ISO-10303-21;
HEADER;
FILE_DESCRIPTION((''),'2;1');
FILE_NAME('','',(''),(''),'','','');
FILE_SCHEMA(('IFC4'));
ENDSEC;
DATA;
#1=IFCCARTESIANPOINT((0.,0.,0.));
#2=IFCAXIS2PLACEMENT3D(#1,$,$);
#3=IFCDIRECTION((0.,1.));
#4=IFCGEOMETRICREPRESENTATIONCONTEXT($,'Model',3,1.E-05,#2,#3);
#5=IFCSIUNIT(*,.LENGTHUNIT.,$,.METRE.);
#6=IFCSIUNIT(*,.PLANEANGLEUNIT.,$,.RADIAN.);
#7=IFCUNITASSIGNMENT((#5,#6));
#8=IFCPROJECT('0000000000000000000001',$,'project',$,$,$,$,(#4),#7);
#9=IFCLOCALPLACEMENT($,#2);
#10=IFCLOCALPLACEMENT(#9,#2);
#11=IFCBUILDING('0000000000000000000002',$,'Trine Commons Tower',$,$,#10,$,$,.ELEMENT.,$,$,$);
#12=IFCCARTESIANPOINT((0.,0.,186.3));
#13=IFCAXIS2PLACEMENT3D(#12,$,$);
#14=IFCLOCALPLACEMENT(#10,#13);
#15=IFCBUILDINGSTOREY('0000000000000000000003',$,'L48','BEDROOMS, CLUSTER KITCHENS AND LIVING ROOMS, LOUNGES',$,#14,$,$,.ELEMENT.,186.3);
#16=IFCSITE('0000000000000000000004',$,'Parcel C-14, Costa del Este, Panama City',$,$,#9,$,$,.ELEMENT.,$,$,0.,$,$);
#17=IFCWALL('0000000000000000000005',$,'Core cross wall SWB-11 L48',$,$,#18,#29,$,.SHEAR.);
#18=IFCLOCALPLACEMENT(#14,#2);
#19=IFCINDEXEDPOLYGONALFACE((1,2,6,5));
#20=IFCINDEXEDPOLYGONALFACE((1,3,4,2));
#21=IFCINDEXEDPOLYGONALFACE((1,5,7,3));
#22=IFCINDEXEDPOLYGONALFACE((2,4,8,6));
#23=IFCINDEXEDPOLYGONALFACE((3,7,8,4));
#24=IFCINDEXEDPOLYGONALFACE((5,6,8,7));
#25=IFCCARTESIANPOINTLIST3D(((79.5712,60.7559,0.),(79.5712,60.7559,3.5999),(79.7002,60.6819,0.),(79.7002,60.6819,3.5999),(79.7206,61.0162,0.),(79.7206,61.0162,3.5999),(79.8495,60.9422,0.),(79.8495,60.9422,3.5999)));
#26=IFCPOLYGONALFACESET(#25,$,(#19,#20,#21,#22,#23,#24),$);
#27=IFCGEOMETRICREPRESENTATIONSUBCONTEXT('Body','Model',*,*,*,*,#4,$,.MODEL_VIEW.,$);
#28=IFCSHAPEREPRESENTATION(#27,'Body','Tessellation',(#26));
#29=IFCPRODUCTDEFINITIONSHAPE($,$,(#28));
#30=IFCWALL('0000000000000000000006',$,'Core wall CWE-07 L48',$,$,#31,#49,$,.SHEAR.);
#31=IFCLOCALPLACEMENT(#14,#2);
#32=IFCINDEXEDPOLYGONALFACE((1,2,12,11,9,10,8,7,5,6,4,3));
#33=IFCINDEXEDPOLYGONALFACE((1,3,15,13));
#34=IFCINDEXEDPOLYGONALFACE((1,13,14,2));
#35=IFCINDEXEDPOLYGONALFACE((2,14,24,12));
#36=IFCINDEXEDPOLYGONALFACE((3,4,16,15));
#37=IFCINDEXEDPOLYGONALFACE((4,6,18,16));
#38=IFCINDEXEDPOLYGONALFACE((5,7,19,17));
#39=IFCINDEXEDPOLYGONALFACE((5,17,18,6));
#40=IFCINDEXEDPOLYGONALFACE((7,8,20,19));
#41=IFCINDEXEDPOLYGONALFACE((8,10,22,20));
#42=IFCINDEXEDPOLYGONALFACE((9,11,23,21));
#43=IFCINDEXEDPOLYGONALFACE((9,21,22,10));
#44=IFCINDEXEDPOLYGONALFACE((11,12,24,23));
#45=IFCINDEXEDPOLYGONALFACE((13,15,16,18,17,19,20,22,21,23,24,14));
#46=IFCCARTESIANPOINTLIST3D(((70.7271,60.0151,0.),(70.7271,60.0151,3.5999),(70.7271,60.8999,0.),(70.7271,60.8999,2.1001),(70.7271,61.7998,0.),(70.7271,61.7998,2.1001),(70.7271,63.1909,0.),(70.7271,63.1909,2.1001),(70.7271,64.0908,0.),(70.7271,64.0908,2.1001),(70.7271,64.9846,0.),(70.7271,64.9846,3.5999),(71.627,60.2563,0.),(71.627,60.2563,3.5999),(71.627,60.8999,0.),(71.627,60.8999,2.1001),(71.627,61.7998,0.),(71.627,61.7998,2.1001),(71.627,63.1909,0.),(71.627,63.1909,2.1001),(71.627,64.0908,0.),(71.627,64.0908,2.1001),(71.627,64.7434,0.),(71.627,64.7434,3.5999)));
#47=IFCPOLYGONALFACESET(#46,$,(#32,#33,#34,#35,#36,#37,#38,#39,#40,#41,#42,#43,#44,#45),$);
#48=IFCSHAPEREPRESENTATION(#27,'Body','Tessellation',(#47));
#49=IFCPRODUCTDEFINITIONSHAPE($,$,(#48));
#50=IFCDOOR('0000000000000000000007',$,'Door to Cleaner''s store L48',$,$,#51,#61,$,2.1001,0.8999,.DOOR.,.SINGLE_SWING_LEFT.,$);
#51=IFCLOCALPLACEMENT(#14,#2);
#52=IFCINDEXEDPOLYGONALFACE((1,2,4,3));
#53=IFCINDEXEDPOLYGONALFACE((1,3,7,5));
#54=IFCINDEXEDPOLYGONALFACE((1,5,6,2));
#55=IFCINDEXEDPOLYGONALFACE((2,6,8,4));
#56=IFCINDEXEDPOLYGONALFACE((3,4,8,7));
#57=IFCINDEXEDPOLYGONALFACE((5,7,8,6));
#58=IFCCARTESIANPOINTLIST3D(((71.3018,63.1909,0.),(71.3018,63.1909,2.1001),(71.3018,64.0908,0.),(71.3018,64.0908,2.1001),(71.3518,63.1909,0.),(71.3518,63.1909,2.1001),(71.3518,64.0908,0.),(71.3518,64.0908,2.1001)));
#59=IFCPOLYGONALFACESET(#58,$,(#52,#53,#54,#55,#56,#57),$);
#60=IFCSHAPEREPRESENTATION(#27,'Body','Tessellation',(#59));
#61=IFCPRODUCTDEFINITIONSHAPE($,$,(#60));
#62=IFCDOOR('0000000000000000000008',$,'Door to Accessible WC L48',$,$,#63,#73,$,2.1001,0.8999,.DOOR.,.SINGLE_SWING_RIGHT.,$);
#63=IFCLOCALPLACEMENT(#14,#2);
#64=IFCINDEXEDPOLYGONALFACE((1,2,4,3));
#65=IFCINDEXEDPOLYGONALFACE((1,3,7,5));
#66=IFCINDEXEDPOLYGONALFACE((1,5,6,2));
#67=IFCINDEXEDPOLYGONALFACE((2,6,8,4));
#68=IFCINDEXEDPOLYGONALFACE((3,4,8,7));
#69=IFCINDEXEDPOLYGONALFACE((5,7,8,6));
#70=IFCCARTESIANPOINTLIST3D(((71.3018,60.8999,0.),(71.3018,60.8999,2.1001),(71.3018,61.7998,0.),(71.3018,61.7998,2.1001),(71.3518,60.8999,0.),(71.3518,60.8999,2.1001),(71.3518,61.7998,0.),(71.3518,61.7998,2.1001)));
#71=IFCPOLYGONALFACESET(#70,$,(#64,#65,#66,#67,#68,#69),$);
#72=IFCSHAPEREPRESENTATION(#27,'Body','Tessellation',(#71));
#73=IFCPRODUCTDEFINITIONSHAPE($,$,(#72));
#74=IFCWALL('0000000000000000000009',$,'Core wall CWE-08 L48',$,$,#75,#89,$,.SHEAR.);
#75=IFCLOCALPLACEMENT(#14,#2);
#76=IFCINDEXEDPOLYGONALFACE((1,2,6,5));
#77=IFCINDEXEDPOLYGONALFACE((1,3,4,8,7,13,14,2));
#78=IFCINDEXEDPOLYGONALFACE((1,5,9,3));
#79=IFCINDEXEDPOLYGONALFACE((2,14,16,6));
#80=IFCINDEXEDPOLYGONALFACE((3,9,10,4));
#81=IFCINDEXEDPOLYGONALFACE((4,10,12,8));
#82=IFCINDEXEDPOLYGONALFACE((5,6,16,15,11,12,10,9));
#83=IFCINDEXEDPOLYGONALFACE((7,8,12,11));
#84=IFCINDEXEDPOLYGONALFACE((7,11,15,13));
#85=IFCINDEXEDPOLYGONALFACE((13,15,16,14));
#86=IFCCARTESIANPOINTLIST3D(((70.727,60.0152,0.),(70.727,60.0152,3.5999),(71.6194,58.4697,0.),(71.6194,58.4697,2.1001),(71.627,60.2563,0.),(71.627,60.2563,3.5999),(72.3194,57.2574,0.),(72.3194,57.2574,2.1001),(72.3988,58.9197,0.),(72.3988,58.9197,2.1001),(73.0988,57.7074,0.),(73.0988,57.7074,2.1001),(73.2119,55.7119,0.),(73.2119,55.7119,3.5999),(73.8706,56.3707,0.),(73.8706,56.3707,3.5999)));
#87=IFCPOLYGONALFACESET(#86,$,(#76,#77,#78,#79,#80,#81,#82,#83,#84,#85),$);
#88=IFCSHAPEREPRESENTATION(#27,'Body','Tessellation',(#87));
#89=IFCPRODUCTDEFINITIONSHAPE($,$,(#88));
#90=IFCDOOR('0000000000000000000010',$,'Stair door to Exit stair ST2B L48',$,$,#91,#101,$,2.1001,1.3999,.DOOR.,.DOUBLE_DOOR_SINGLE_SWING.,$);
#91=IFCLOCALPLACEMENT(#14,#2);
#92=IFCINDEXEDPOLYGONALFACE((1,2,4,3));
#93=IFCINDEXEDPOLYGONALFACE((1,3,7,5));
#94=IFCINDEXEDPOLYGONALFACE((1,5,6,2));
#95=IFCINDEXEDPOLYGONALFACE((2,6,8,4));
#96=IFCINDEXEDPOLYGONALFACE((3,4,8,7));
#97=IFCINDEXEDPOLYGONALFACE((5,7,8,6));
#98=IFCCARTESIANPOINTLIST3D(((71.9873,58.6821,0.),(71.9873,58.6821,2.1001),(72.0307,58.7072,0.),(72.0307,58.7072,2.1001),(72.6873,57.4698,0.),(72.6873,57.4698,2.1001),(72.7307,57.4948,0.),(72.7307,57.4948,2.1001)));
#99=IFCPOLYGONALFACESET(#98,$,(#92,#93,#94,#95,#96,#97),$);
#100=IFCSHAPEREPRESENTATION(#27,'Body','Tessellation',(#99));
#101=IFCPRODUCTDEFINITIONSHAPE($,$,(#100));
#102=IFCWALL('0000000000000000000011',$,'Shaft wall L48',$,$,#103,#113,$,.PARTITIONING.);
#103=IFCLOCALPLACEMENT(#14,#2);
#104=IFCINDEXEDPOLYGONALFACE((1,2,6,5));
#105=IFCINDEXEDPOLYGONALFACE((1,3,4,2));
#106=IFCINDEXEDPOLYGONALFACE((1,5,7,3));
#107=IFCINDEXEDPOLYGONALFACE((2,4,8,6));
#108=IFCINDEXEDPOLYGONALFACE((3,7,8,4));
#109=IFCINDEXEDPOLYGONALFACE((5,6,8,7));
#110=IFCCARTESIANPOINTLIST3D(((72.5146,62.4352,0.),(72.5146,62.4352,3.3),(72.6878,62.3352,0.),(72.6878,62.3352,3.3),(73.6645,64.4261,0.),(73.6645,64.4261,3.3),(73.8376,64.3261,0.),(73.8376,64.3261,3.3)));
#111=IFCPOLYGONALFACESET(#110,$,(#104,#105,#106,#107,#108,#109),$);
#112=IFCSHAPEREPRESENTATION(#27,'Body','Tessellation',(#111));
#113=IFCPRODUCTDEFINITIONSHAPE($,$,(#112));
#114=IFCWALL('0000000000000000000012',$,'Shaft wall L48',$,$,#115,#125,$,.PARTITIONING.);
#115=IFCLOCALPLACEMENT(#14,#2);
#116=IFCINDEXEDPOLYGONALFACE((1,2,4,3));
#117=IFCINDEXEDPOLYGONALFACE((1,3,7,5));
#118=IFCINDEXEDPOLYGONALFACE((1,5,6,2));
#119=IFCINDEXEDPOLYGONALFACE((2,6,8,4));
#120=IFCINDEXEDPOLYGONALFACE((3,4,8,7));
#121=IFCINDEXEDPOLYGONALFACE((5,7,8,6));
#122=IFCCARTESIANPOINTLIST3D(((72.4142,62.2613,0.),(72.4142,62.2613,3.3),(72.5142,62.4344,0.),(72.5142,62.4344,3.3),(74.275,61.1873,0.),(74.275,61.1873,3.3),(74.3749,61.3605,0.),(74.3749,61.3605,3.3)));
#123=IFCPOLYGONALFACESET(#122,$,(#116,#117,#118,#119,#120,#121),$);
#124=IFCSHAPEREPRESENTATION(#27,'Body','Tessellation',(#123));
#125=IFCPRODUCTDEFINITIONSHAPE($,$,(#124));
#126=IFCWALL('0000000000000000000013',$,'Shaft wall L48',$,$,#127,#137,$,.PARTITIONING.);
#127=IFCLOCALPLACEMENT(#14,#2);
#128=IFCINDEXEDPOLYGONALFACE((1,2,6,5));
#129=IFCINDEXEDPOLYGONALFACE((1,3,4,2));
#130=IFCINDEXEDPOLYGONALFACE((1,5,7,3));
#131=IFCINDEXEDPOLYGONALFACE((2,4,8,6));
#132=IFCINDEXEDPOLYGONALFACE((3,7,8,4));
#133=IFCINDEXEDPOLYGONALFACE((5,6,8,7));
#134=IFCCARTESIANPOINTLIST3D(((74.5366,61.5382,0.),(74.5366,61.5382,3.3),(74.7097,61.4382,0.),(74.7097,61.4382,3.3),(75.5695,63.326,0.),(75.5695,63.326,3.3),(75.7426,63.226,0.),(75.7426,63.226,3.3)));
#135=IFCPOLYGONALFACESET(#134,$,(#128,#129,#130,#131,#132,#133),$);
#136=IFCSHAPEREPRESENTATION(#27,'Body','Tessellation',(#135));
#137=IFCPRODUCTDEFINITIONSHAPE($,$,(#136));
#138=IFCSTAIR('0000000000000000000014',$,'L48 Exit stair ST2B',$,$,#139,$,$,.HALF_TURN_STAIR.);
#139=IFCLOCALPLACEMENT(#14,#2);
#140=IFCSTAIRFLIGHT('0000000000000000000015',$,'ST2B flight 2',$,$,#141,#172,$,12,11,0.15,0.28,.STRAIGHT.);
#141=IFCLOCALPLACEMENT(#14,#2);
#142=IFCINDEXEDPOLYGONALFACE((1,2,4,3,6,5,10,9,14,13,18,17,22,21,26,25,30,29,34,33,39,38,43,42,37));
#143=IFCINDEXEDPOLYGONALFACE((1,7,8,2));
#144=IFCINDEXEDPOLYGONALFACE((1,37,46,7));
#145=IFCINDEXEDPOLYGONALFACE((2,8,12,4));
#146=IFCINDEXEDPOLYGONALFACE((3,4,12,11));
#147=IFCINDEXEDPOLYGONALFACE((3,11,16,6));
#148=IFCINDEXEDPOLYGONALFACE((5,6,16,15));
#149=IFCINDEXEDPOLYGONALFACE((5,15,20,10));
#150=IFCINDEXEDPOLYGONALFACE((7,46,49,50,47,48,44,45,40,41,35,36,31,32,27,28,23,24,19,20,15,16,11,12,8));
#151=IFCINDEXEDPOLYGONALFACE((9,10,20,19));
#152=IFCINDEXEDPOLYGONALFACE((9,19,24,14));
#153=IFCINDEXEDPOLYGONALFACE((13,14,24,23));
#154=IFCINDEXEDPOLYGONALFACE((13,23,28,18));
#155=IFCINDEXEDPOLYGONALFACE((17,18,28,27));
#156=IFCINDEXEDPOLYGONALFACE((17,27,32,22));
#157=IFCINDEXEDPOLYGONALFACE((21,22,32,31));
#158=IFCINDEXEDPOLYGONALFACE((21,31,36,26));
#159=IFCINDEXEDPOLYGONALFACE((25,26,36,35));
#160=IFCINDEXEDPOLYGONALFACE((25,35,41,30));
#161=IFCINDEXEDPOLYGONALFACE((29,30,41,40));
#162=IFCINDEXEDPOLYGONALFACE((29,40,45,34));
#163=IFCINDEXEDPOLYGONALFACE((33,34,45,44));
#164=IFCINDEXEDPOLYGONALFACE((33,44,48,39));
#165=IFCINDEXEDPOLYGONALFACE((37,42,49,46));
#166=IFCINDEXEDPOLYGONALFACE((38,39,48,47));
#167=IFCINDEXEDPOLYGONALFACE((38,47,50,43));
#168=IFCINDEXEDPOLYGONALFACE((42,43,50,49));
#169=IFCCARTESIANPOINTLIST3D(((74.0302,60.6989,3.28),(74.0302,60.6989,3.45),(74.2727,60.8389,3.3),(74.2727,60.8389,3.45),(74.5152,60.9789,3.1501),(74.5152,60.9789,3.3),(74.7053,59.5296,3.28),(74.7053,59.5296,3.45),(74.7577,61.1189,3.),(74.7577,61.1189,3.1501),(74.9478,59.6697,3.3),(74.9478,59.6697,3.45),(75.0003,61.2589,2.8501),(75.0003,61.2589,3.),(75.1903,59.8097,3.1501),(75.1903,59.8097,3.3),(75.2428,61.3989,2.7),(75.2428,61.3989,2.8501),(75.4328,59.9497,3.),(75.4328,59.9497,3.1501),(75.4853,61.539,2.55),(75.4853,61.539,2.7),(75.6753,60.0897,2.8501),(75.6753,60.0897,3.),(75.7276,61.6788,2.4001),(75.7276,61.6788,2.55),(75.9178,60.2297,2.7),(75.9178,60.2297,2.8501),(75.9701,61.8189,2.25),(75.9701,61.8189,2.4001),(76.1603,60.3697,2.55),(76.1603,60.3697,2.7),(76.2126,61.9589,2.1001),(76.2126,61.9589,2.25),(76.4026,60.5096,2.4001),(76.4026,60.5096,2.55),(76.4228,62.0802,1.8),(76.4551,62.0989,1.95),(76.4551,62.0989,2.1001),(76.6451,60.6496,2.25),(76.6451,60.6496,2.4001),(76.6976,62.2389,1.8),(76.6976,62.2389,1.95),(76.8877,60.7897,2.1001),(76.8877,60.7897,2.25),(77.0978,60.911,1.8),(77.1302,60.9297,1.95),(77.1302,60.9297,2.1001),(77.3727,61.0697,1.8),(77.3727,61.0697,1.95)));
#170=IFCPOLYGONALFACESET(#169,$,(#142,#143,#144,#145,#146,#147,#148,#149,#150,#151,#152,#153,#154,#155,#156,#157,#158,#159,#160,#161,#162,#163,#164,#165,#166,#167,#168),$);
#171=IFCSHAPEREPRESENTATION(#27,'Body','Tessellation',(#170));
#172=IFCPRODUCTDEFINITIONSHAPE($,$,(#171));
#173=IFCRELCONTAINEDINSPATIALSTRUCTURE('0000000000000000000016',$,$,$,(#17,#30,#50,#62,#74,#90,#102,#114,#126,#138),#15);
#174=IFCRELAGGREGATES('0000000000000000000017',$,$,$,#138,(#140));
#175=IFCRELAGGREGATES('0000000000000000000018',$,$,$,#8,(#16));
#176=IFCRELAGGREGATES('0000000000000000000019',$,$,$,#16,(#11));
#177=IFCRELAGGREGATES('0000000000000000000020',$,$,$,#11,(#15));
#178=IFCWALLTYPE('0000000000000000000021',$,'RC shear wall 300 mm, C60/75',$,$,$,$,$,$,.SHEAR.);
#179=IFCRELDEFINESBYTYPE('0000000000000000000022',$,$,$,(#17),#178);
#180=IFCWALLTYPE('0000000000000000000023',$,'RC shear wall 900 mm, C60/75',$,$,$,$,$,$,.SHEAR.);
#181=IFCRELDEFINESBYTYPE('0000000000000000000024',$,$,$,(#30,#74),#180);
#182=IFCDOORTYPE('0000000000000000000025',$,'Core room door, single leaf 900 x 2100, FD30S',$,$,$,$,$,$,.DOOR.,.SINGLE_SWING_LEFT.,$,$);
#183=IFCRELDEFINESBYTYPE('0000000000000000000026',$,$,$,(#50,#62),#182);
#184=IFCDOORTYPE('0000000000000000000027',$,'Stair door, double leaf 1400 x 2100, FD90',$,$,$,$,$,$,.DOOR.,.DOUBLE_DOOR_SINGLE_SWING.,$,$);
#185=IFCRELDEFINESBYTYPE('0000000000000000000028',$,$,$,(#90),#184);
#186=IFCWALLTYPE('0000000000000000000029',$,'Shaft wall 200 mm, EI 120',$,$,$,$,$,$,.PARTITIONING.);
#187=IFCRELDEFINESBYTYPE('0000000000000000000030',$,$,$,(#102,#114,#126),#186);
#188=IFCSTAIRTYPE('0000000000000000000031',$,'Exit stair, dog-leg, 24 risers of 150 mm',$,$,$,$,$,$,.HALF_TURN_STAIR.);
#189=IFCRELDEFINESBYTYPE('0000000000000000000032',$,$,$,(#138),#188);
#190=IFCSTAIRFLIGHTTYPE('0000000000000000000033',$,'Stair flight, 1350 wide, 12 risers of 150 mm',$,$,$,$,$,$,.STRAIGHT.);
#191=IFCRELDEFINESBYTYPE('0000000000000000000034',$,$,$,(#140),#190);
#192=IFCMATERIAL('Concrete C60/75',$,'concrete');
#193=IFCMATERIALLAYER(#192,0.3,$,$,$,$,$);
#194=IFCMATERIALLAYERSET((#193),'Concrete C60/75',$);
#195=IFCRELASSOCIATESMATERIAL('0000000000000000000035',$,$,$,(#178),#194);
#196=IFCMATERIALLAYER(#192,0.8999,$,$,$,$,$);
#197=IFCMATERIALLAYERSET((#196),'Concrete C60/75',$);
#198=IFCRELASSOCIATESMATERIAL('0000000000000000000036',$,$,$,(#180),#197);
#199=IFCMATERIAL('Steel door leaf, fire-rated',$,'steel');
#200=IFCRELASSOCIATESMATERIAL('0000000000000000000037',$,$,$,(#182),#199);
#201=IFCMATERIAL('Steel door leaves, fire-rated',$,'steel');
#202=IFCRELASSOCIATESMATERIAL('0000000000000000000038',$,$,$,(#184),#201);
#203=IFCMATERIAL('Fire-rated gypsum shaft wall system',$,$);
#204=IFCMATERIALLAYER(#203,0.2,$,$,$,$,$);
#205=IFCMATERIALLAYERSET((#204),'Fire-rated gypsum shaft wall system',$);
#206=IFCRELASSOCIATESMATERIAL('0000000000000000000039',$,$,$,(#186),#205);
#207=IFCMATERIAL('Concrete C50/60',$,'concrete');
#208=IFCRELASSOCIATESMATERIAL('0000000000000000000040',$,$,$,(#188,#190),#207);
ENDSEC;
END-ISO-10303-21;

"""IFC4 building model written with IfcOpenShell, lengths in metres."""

from ifc_helpers import new_model, si_unit, direction, frame, frame_2d, origin, place, context, subcontext, project, spatial, polyline, rectangle, outline, extrude, material, layer, layer_set, type_object, element, fill, aggregate, save


model = new_model("IFC4")

# Units and contexts
model_context = context("Model", 3, precision=1e-05, world=origin(), true_north=direction((0.0, 1.0)))
body_context = subcontext(model_context, "Body", "Model", "MODEL_VIEW")
ifc_project = project(units=[si_unit("LENGTHUNIT", "METRE"), si_unit("PLANEANGLEUNIT", "RADIAN")], contexts=[model_context])

# Site, building, storey
site_placement = place(None, origin())
site = spatial("IfcSite", under=ifc_project, at=site_placement, Name="Parcel C-14, Costa del Este, Panama City", CompositionType="ELEMENT", RefElevation=0.0)
building_placement = place(site_placement, origin())
building = spatial("IfcBuilding", under=site, at=building_placement, Name="Trine Commons Tower", CompositionType="ELEMENT")
storey_placement = place(building_placement, frame((0.0, 0.0, 186.3)))
storey = spatial("IfcBuildingStorey", under=building, at=storey_placement, Name="L48", Description="BEDROOMS, CLUSTER KITCHENS AND LIVING ROOMS, LOUNGES", CompositionType="ELEMENT", Elevation=186.3)

# Shared definitions
ifc_material_1 = material(Name="Fire-rated gypsum shaft wall system")
ifc_material_2 = material(Name="Steel door leaf, fire-rated", Category="steel")
ifc_material_3 = material(Name="Concrete C60/75", Category="concrete")
ifc_layer_1 = layer(ifc_material_3, 0.3)
ifc_layer_set_1 = layer_set([ifc_layer_1], Name="Concrete C60/75")
wall_type_1 = type_object("IfcWallType", Name="RC shear wall 300 mm, C60/75", PredefinedType="SHEAR", material=ifc_layer_set_1)

# Wall
wall_1_placement = place(storey_placement, frame((79.646, 60.886, 0.0), z_axis=(0.0, 0.0, 1.0), x_axis=(0.867332, -0.49773, 0.0)))
element("IfcWall", 1, at=wall_1_placement, inside=storey, type_object=wall_type_1, Name="Core cross wall SWB-11 L48", PredefinedType="SHEAR", context=body_context, shape_type="SweptSolid", body=[
    extrude(rectangle(XDim=0.1487, YDim=0.3, at=frame_2d((0.0742, 0.0))), origin(), (0.0, 0.0, 1.0), 3.5999),
])

# Wall, openings, doors
ifc_layer_2 = layer(ifc_material_3, 0.8999)
ifc_layer_set_2 = layer_set([ifc_layer_2], Name="Concrete C60/75")
wall_type_2 = type_object("IfcWallType", Name="RC shear wall 900 mm, C60/75", PredefinedType="SHEAR", material=ifc_layer_set_2)
wall_2_placement = place(storey_placement, frame((71.177, 64.9846, 0.0), z_axis=(0.0, 0.0, 1.0), x_axis=(0.0, -1.0, 0.0)))
wall_2 = element("IfcWall", 2, at=wall_2_placement, inside=storey, type_object=wall_type_2, Name="Core wall CWE-07 L48", PredefinedType="SHEAR", context=body_context, shape_type="SweptSolid", body=[
    extrude(outline(polyline([(0.0, -0.45), (4.9695, -0.45), (4.7283, 0.45), (0.2412, 0.45), (0.0, -0.45)])), origin(), (0.0, 0.0, 1.0), 3.5999),
])
opening_1_placement = place(wall_2_placement, frame((0.8938, 0.0, 0.0)))
opening_1 = element("IfcOpeningElement", 3, at=opening_1_placement, cuts=wall_2, PredefinedType="OPENING", context=body_context, shape_type="SweptSolid", body=[
    extrude(rectangle(XDim=0.8999, YDim=2.1001, at=frame_2d((0.45, 1.05))), frame((0.0, 0.46, 0.0), z_axis=(0.0, -1.0, 0.0), x_axis=(1.0, 0.0, 0.0)), (0.0, 0.0, 1.0), 0.9199),
])
opening_2_placement = place(wall_2_placement, frame((3.1848, 0.0, 0.0)))
opening_2 = element("IfcOpeningElement", 4, at=opening_2_placement, cuts=wall_2, PredefinedType="OPENING", context=body_context, shape_type="SweptSolid", body=[
    extrude(rectangle(XDim=0.8999, YDim=2.1001, at=frame_2d((0.45, 1.05))), frame((0.0, 0.46, 0.0), z_axis=(0.0, -1.0, 0.0), x_axis=(1.0, 0.0, 0.0)), (0.0, 0.0, 1.0), 0.9199),
])
door_type_1 = type_object("IfcDoorType", Name="Core room door, single leaf 900 x 2100, FD30S", OperationType="SINGLE_SWING_LEFT", PredefinedType="DOOR", material=ifc_material_2)
door_1_placement = place(opening_1_placement, origin())
door_1 = element("IfcDoor", 5, at=door_1_placement, inside=storey, type_object=door_type_1, Name="Door to Cleaner's store L48", OperationType="SINGLE_SWING_LEFT", OverallHeight=2.1001, OverallWidth=0.8999, PredefinedType="DOOR", context=body_context, shape_type="SweptSolid", body=[
    extrude(rectangle(XDim=0.8999, YDim=2.1001, at=frame_2d((0.45, 1.05))), frame((0.0, 0.1748, 0.0), z_axis=(0.0, -1.0, 0.0), x_axis=(1.0, 0.0, 0.0)), (0.0, 0.0, 1.0), 0.05),
])
fill(opening_1, door_1)
door_2_placement = place(opening_2_placement, origin())
door_2 = element("IfcDoor", 6, at=door_2_placement, inside=storey, type_object=door_type_1, Name="Door to Accessible WC L48", OperationType="SINGLE_SWING_RIGHT", OverallHeight=2.1001, OverallWidth=0.8999, PredefinedType="DOOR", context=body_context, shape_type="SweptSolid", body=[
    extrude(rectangle(XDim=0.8999, YDim=2.1001, at=frame_2d((0.45, 1.05))), frame((0.0, 0.1748, 0.0), z_axis=(0.0, -1.0, 0.0), x_axis=(1.0, 0.0, 0.0)), (0.0, 0.0, 1.0), 0.05),
])
fill(opening_2, door_2)

# Wall, opening, door
wall_3_placement = place(storey_placement, frame((71.1167, 60.2402, 0.0), z_axis=(0.0, 0.0, 1.0), x_axis=(0.500039, -0.866003, 0.0)))
wall_3 = element("IfcWall", 7, at=wall_3_placement, inside=storey, type_object=wall_type_2, Name="Core wall CWE-08 L48", PredefinedType="SHEAR", context=body_context, shape_type="SweptSolid", body=[
    extrude(outline(polyline([(0.0, -0.45), (4.9692, -0.45), (4.728, 0.45), (0.2412, 0.45), (0.0, -0.45)])), origin(), (0.0, 0.0, 1.0), 3.5999),
])
opening_3_placement = place(wall_3_placement, frame((1.7847, 0.0, 0.0)))
opening_3 = element("IfcOpeningElement", 8, at=opening_3_placement, cuts=wall_3, PredefinedType="OPENING", context=body_context, shape_type="SweptSolid", body=[
    extrude(rectangle(XDim=1.3999, YDim=2.1001, at=frame_2d((0.7, 1.05))), frame((0.0, 0.46, 0.0), z_axis=(0.0, -1.0, 0.0), x_axis=(1.0, 0.0, 0.0)), (0.0, 0.0, 1.0), 0.9199),
])
ifc_material_4 = material(Name="Steel door leaves, fire-rated", Category="steel")
door_type_2 = type_object("IfcDoorType", Name="Stair door, double leaf 1400 x 2100, FD90", OperationType="DOUBLE_DOOR_SINGLE_SWING", PredefinedType="DOOR", material=ifc_material_4)
door_3_placement = place(opening_3_placement, origin())
door_3 = element("IfcDoor", 9, at=door_3_placement, inside=storey, type_object=door_type_2, Name="Stair door to Exit stair ST2B L48", OperationType="DOUBLE_DOOR_SINGLE_SWING", OverallHeight=2.1001, OverallWidth=1.3999, PredefinedType="DOOR", context=body_context, shape_type="SweptSolid", body=[
    extrude(rectangle(XDim=1.3999, YDim=2.1001, at=frame_2d((0.7, 1.05))), frame((0.0, 0.0249, 0.0), z_axis=(0.0, -1.0, 0.0), x_axis=(1.0, 0.0, 0.0)), (0.0, 0.0, 1.0), 0.05),
])
fill(opening_3, door_3)

# Walls
ifc_layer_3 = layer(ifc_material_1, 0.2)
ifc_layer_set_3 = layer_set([ifc_layer_3], Name="Fire-rated gypsum shaft wall system")
wall_type_3 = type_object("IfcWallType", Name="Shaft wall 200 mm, EI 120", PredefinedType="PARTITIONING", material=ifc_layer_set_3)
wall_4_placement = place(storey_placement, frame((73.751, 64.376, 0.0), z_axis=(0.0, 0.0, 1.0), x_axis=(-0.500136, -0.865947, 0.0)))
element("IfcWall", 10, at=wall_4_placement, inside=storey, type_object=wall_type_3, Name="Shaft wall L48", PredefinedType="PARTITIONING", context=body_context, shape_type="SweptSolid", body=[
    extrude(rectangle(XDim=2.2991, YDim=0.2, at=frame_2d((1.1494, 0.0))), origin(), (0.0, 0.0, 1.0), 3.3),
])
wall_5_placement = place(storey_placement, frame((74.325, 61.2739, 0.0), z_axis=(0.0, 0.0, 1.0), x_axis=(-0.866102, 0.499867, 0.0)))
element("IfcWall", 11, at=wall_5_placement, inside=storey, type_object=wall_type_3, Name="Shaft wall L48", PredefinedType="PARTITIONING", context=body_context, shape_type="SweptSolid", body=[
    extrude(rectangle(XDim=2.1484, YDim=0.2, at=frame_2d((1.0742, 0.0))), origin(), (0.0, 0.0, 1.0), 3.3),
])
wall_6_placement = place(storey_placement, frame((75.656, 63.2759, 0.0), z_axis=(0.0, 0.0, 1.0), x_axis=(-0.500272, -0.865868, 0.0)))
element("IfcWall", 12, at=wall_6_placement, inside=storey, type_object=wall_type_3, Name="Shaft wall L48", PredefinedType="PARTITIONING", context=body_context, shape_type="SweptSolid", body=[
    extrude(rectangle(XDim=2.0647, YDim=0.2, at=frame_2d((1.0322, 0.0))), origin(), (0.0, 0.0, 1.0), 3.3),
])

# Stair, stair flight
ifc_material_5 = material(Name="Concrete C50/60", Category="concrete")
stair_type = type_object("IfcStairType", Name="Exit stair, dog-leg, 24 risers of 150 mm", PredefinedType="HALF_TURN_STAIR", material=ifc_material_5)
stair_placement = place(storey_placement, origin())
stair = element("IfcStair", 13, at=stair_placement, inside=storey, type_object=stair_type, Name="L48 Exit stair ST2B", PredefinedType="HALF_TURN_STAIR")
stair_flight_type = type_object("IfcStairFlightType", Name="Stair flight, 1350 wide, 12 risers of 150 mm", PredefinedType="STRAIGHT", material=ifc_material_5)
stair_flight_placement = place(storey_placement, frame((77.0352, 61.6543, 1.8), z_axis=(0.0, 0.0, 1.0), x_axis=(-0.866025, -0.5, 0.0)))
stair_flight = element("IfcStairFlight", 14, at=stair_flight_placement, type_object=stair_flight_type, Name="ST2B flight 2", NumberOfRisers=12, NumberOfTreads=11, PredefinedType="STRAIGHT", RiserHeight=0.15, TreadLength=0.28, context=body_context, shape_type="SweptSolid", body=[
    extrude(outline(polyline([(0.0, 0.0), (0.0, 0.1499), (0.28, 0.1499), (0.28, 0.3), (0.5601, 0.3), (0.5601, 0.45), (0.8401, 0.45), (0.8401, 0.6001), (1.1201, 0.6001), (1.1201, 0.75), (1.3999, 0.75), (1.3999, 0.8999), (1.6799, 0.8999), (1.6799, 1.05), (1.96, 1.05), (1.96, 1.2), (2.24, 1.2), (2.24, 1.3501), (2.52, 1.3501), (2.52, 1.5), (2.8, 1.5), (2.8, 1.6499), (3.0801, 1.6499), (3.0801, 1.8), (3.0801, 1.48), (0.3174, 0.0), (0.0, 0.0)])), frame((0.0, 0.675, 0.0), z_axis=(0.0, -1.0, 0.0), x_axis=(1.0, 0.0, 0.0)), (0.0, 0.0, 1.0), 1.3501),
])
aggregate(stair, [stair_flight])

save(model, "model.ifc")
